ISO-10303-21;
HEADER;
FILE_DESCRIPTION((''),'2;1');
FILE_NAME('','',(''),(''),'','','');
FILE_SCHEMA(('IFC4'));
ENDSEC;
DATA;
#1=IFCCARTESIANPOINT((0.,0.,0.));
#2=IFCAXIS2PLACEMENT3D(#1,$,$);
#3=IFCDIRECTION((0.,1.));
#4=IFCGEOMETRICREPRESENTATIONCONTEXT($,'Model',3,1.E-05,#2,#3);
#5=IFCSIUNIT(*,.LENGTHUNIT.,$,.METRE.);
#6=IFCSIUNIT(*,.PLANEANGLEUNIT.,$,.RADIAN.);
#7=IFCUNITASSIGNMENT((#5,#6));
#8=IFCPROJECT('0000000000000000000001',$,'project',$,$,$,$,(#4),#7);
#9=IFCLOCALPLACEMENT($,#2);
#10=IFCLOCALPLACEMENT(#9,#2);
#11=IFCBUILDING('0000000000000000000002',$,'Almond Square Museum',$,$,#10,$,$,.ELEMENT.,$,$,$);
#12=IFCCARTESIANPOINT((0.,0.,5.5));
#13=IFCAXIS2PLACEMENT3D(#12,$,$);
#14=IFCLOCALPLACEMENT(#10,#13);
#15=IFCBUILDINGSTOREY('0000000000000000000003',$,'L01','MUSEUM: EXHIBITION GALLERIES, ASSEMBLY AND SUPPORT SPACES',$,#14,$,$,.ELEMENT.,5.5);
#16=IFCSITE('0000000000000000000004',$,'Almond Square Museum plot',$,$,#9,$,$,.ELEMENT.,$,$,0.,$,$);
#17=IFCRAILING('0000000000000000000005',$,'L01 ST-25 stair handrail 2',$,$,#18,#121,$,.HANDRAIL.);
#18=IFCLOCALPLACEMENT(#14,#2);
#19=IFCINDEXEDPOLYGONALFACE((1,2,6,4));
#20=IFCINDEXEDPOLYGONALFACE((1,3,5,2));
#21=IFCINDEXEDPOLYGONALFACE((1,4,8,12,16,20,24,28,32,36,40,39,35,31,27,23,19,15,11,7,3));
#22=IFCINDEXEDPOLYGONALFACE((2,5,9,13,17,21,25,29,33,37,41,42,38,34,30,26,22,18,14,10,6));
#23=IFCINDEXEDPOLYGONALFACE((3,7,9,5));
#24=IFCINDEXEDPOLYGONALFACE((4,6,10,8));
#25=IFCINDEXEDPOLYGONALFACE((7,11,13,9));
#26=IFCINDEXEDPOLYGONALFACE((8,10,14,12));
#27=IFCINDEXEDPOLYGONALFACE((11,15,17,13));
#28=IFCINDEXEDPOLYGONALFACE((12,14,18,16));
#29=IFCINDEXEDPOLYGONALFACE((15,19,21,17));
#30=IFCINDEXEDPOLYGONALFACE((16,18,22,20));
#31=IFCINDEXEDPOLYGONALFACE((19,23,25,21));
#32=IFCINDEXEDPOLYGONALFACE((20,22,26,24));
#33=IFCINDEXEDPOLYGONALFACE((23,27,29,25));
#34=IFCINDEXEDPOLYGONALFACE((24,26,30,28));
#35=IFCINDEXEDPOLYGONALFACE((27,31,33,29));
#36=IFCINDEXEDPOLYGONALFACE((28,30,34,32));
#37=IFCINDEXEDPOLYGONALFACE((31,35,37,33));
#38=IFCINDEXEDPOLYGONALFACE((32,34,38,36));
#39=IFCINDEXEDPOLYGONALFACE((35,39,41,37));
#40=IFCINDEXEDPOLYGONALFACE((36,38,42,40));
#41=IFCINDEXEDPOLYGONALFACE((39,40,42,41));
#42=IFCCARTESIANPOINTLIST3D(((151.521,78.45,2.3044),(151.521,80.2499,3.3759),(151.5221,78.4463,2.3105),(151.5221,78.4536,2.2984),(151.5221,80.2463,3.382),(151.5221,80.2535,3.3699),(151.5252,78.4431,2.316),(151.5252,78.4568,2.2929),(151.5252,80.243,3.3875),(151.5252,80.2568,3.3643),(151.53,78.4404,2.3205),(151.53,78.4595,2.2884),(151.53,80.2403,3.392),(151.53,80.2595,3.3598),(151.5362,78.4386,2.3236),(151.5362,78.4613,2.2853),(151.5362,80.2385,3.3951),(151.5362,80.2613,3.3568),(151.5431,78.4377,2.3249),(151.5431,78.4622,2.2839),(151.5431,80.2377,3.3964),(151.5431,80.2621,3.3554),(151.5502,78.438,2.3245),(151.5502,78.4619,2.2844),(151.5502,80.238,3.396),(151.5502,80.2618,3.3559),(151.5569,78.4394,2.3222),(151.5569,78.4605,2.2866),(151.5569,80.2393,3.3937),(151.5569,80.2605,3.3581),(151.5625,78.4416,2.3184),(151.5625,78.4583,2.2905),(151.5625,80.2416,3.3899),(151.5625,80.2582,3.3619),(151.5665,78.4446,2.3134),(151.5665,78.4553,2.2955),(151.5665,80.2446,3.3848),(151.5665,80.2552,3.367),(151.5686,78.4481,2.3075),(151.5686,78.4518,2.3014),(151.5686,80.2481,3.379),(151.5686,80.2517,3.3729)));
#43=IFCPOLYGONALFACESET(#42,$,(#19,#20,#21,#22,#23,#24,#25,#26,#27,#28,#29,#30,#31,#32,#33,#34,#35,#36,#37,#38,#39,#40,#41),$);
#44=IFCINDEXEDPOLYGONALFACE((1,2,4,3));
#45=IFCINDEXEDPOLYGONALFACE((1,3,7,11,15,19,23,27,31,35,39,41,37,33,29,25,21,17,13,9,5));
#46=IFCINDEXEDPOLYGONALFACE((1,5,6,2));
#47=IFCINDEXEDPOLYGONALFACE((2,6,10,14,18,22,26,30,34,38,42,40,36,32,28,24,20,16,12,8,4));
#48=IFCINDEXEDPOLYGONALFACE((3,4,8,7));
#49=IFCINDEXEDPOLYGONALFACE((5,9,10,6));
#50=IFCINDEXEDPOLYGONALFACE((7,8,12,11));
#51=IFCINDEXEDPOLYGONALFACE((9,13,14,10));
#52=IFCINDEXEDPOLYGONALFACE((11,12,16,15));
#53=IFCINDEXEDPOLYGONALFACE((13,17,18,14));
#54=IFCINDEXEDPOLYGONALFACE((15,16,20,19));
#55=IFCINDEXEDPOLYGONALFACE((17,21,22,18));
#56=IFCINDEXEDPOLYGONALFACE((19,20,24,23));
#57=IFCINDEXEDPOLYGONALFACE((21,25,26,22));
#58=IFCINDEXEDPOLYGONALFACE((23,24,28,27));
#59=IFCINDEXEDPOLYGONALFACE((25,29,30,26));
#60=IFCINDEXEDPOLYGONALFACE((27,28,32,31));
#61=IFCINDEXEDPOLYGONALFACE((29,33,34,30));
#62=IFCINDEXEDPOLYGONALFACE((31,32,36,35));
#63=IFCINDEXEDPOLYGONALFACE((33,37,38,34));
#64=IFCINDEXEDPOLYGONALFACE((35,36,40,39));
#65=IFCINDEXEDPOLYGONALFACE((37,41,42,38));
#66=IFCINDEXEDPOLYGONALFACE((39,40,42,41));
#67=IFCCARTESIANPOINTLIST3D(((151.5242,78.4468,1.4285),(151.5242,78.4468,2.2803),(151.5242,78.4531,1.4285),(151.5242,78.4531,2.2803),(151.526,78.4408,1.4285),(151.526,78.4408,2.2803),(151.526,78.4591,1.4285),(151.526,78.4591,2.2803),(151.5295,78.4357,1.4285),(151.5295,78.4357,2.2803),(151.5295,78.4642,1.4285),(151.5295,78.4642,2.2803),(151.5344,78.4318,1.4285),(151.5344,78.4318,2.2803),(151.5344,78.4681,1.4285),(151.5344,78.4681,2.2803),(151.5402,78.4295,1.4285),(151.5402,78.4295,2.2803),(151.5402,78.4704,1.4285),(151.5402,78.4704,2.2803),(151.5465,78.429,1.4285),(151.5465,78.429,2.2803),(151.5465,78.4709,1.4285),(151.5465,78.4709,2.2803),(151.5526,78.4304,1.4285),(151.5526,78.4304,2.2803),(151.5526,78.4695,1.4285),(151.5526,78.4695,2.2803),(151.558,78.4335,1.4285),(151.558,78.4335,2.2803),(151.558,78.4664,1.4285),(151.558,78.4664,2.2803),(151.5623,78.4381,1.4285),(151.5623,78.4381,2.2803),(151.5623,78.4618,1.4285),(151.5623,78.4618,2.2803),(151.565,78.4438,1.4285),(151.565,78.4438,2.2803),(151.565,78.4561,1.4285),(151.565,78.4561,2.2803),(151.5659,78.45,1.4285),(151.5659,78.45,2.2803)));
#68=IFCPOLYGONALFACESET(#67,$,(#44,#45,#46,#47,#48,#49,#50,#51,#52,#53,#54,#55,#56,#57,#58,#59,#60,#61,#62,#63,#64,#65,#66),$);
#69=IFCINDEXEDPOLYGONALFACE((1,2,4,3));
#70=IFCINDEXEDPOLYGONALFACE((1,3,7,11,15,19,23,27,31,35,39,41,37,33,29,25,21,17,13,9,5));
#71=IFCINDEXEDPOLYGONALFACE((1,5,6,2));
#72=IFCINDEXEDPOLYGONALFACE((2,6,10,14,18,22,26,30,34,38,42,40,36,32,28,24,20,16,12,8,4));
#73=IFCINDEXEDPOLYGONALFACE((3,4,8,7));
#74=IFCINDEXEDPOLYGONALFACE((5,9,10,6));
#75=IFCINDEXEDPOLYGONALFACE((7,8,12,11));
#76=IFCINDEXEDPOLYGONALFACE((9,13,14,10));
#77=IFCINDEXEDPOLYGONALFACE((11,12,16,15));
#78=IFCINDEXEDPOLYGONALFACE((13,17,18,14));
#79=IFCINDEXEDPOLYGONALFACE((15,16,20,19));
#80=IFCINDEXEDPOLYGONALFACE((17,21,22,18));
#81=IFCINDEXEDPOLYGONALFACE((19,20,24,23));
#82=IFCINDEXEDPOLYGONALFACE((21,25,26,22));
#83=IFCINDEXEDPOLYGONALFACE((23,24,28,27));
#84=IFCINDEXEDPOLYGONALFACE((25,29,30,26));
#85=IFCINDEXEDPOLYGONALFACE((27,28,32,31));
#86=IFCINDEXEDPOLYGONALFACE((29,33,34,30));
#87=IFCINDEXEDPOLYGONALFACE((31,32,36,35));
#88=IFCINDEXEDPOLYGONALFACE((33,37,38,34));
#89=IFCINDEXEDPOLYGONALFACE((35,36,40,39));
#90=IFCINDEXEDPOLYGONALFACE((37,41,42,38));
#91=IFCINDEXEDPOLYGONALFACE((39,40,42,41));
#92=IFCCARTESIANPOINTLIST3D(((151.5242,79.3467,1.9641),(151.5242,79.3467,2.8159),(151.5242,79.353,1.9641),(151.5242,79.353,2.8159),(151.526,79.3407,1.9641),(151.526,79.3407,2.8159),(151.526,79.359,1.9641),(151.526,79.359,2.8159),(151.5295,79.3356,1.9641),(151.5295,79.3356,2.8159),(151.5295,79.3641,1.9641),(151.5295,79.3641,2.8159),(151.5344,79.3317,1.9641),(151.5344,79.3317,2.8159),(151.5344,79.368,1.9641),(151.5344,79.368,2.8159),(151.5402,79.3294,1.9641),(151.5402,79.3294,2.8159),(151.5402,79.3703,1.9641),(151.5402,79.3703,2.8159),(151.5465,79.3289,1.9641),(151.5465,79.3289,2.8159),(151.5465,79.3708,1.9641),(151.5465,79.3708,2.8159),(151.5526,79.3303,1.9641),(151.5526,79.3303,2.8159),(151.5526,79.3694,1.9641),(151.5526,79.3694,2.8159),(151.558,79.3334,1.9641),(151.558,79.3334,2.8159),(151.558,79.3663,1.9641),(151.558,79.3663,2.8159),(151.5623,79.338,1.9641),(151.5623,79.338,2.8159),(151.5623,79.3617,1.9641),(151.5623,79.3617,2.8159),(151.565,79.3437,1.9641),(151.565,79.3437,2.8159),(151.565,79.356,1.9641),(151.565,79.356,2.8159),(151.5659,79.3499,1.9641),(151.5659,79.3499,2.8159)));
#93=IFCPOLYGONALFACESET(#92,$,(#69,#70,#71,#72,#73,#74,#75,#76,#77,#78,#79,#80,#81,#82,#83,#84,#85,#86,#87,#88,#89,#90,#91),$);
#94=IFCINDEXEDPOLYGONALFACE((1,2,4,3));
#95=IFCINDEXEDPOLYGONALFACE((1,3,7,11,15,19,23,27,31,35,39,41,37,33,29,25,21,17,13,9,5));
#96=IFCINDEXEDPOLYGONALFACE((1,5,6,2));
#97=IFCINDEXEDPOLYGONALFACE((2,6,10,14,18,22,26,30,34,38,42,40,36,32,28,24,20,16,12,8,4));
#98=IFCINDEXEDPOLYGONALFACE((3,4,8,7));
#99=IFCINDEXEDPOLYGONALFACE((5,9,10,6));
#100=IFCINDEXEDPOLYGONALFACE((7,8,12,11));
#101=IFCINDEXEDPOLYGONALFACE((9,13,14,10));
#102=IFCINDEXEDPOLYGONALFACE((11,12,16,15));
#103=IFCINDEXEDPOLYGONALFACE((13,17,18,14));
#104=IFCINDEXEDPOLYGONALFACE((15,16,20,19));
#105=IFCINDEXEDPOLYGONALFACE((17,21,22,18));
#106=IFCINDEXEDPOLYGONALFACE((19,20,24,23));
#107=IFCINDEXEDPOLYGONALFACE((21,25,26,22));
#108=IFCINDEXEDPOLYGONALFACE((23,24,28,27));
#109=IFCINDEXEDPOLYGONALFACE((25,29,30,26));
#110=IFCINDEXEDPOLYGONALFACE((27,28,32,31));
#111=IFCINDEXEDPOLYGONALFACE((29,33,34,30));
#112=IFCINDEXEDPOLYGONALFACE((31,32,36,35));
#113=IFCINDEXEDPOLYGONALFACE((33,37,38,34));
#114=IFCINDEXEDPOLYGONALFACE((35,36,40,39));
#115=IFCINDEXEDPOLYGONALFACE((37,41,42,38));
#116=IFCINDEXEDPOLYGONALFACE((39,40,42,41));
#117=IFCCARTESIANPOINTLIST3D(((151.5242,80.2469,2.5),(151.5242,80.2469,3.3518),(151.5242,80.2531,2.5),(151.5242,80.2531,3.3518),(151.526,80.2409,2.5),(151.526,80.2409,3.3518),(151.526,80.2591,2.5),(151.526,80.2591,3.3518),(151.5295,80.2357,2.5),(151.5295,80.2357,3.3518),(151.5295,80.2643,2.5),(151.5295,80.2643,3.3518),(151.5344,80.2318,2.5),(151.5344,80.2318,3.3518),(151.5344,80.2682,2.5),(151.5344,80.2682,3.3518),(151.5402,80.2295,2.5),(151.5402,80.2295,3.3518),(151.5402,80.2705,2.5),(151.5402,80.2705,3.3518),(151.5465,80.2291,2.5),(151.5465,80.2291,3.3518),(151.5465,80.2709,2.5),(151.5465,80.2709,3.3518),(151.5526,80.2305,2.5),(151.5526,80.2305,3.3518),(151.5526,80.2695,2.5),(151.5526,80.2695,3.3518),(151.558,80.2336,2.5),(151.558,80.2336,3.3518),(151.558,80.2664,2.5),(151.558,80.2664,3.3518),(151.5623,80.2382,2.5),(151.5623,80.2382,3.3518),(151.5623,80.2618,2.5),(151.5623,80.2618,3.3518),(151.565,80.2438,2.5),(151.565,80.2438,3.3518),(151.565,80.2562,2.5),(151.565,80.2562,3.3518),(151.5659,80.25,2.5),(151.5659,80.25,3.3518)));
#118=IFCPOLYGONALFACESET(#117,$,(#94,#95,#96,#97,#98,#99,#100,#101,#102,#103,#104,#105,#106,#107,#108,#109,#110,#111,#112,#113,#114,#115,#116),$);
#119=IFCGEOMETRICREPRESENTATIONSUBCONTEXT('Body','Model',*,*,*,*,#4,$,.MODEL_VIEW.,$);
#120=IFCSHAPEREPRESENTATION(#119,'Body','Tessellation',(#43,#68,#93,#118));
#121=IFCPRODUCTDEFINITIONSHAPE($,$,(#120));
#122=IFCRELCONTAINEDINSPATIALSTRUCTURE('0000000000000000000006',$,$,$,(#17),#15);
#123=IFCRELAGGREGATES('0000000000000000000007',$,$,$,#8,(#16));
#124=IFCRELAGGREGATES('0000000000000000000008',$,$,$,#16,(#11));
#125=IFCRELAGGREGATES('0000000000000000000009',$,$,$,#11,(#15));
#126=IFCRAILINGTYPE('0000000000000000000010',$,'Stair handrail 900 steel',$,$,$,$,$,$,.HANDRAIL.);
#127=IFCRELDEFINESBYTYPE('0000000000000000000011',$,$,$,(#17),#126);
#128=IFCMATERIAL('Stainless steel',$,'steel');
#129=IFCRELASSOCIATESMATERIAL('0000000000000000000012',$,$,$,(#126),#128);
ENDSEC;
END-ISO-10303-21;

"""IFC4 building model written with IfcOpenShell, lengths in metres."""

from ifc_helpers import new_model, si_unit, direction, frame, origin, origin_2d, place, context, subcontext, project, spatial, circle, extrude, material, type_object, element, save


model = new_model("IFC4")

# Units and contexts
model_context = context("Model", 3, precision=1e-05, world=origin(), true_north=direction((0.0, 1.0)))
body_context = subcontext(model_context, "Body", "Model", "MODEL_VIEW")
ifc_project = project(units=[si_unit("LENGTHUNIT", "METRE"), si_unit("PLANEANGLEUNIT", "RADIAN")], contexts=[model_context])

# Site, building, storey
site_placement = place(None, origin())
site = spatial("IfcSite", under=ifc_project, at=site_placement, Name="Almond Square Museum plot", CompositionType="ELEMENT", RefElevation=0.0)
building_placement = place(site_placement, origin())
building = spatial("IfcBuilding", under=site, at=building_placement, Name="Almond Square Museum", CompositionType="ELEMENT")
storey_placement = place(building_placement, frame((0.0, 0.0, 5.5)))
storey = spatial("IfcBuildingStorey", under=building, at=storey_placement, Name="L01", Description="MUSEUM: EXHIBITION GALLERIES, ASSEMBLY AND SUPPORT SPACES", CompositionType="ELEMENT", Elevation=5.5)

# Railing
ifc_material_1 = material(Name="Stainless steel", Category="steel")
railing_type_1 = type_object("IfcRailingType", Name="Stair handrail 900 steel", PredefinedType="HANDRAIL", material=ifc_material_1)
railing_1_placement = place(storey_placement, frame((151.5449, 78.45, 1.4285)))
element("IfcRailing", 1, at=railing_1_placement, inside=storey, type_object=railing_type_1, Name="L01 ST-25 stair handrail 2", PredefinedType="HANDRAIL", context=body_context, shape_type="SweptSolid", body=[
    extrude(circle(Radius=0.0239, at=origin_2d()), frame((0.0, 0.0, 0.876), z_axis=(0.0, 0.859277, 0.51151), x_axis=(-1.0, 0.0, 0.0)), (0.0, 0.0, 1.0), 2.0947),
    extrude(circle(Radius=0.021, at=origin_2d()), origin(), (0.0, 0.0, 1.0), 0.8518),
    extrude(circle(Radius=0.021, at=origin_2d()), frame((0.0, 0.8999, 0.5356)), (0.0, 0.0, 1.0), 0.8518),
    extrude(circle(Radius=0.021, at=origin_2d()), frame((0.0, 1.8, 1.0715)), (0.0, 0.0, 1.0), 0.8518),
])

save(model, "model.ifc")
